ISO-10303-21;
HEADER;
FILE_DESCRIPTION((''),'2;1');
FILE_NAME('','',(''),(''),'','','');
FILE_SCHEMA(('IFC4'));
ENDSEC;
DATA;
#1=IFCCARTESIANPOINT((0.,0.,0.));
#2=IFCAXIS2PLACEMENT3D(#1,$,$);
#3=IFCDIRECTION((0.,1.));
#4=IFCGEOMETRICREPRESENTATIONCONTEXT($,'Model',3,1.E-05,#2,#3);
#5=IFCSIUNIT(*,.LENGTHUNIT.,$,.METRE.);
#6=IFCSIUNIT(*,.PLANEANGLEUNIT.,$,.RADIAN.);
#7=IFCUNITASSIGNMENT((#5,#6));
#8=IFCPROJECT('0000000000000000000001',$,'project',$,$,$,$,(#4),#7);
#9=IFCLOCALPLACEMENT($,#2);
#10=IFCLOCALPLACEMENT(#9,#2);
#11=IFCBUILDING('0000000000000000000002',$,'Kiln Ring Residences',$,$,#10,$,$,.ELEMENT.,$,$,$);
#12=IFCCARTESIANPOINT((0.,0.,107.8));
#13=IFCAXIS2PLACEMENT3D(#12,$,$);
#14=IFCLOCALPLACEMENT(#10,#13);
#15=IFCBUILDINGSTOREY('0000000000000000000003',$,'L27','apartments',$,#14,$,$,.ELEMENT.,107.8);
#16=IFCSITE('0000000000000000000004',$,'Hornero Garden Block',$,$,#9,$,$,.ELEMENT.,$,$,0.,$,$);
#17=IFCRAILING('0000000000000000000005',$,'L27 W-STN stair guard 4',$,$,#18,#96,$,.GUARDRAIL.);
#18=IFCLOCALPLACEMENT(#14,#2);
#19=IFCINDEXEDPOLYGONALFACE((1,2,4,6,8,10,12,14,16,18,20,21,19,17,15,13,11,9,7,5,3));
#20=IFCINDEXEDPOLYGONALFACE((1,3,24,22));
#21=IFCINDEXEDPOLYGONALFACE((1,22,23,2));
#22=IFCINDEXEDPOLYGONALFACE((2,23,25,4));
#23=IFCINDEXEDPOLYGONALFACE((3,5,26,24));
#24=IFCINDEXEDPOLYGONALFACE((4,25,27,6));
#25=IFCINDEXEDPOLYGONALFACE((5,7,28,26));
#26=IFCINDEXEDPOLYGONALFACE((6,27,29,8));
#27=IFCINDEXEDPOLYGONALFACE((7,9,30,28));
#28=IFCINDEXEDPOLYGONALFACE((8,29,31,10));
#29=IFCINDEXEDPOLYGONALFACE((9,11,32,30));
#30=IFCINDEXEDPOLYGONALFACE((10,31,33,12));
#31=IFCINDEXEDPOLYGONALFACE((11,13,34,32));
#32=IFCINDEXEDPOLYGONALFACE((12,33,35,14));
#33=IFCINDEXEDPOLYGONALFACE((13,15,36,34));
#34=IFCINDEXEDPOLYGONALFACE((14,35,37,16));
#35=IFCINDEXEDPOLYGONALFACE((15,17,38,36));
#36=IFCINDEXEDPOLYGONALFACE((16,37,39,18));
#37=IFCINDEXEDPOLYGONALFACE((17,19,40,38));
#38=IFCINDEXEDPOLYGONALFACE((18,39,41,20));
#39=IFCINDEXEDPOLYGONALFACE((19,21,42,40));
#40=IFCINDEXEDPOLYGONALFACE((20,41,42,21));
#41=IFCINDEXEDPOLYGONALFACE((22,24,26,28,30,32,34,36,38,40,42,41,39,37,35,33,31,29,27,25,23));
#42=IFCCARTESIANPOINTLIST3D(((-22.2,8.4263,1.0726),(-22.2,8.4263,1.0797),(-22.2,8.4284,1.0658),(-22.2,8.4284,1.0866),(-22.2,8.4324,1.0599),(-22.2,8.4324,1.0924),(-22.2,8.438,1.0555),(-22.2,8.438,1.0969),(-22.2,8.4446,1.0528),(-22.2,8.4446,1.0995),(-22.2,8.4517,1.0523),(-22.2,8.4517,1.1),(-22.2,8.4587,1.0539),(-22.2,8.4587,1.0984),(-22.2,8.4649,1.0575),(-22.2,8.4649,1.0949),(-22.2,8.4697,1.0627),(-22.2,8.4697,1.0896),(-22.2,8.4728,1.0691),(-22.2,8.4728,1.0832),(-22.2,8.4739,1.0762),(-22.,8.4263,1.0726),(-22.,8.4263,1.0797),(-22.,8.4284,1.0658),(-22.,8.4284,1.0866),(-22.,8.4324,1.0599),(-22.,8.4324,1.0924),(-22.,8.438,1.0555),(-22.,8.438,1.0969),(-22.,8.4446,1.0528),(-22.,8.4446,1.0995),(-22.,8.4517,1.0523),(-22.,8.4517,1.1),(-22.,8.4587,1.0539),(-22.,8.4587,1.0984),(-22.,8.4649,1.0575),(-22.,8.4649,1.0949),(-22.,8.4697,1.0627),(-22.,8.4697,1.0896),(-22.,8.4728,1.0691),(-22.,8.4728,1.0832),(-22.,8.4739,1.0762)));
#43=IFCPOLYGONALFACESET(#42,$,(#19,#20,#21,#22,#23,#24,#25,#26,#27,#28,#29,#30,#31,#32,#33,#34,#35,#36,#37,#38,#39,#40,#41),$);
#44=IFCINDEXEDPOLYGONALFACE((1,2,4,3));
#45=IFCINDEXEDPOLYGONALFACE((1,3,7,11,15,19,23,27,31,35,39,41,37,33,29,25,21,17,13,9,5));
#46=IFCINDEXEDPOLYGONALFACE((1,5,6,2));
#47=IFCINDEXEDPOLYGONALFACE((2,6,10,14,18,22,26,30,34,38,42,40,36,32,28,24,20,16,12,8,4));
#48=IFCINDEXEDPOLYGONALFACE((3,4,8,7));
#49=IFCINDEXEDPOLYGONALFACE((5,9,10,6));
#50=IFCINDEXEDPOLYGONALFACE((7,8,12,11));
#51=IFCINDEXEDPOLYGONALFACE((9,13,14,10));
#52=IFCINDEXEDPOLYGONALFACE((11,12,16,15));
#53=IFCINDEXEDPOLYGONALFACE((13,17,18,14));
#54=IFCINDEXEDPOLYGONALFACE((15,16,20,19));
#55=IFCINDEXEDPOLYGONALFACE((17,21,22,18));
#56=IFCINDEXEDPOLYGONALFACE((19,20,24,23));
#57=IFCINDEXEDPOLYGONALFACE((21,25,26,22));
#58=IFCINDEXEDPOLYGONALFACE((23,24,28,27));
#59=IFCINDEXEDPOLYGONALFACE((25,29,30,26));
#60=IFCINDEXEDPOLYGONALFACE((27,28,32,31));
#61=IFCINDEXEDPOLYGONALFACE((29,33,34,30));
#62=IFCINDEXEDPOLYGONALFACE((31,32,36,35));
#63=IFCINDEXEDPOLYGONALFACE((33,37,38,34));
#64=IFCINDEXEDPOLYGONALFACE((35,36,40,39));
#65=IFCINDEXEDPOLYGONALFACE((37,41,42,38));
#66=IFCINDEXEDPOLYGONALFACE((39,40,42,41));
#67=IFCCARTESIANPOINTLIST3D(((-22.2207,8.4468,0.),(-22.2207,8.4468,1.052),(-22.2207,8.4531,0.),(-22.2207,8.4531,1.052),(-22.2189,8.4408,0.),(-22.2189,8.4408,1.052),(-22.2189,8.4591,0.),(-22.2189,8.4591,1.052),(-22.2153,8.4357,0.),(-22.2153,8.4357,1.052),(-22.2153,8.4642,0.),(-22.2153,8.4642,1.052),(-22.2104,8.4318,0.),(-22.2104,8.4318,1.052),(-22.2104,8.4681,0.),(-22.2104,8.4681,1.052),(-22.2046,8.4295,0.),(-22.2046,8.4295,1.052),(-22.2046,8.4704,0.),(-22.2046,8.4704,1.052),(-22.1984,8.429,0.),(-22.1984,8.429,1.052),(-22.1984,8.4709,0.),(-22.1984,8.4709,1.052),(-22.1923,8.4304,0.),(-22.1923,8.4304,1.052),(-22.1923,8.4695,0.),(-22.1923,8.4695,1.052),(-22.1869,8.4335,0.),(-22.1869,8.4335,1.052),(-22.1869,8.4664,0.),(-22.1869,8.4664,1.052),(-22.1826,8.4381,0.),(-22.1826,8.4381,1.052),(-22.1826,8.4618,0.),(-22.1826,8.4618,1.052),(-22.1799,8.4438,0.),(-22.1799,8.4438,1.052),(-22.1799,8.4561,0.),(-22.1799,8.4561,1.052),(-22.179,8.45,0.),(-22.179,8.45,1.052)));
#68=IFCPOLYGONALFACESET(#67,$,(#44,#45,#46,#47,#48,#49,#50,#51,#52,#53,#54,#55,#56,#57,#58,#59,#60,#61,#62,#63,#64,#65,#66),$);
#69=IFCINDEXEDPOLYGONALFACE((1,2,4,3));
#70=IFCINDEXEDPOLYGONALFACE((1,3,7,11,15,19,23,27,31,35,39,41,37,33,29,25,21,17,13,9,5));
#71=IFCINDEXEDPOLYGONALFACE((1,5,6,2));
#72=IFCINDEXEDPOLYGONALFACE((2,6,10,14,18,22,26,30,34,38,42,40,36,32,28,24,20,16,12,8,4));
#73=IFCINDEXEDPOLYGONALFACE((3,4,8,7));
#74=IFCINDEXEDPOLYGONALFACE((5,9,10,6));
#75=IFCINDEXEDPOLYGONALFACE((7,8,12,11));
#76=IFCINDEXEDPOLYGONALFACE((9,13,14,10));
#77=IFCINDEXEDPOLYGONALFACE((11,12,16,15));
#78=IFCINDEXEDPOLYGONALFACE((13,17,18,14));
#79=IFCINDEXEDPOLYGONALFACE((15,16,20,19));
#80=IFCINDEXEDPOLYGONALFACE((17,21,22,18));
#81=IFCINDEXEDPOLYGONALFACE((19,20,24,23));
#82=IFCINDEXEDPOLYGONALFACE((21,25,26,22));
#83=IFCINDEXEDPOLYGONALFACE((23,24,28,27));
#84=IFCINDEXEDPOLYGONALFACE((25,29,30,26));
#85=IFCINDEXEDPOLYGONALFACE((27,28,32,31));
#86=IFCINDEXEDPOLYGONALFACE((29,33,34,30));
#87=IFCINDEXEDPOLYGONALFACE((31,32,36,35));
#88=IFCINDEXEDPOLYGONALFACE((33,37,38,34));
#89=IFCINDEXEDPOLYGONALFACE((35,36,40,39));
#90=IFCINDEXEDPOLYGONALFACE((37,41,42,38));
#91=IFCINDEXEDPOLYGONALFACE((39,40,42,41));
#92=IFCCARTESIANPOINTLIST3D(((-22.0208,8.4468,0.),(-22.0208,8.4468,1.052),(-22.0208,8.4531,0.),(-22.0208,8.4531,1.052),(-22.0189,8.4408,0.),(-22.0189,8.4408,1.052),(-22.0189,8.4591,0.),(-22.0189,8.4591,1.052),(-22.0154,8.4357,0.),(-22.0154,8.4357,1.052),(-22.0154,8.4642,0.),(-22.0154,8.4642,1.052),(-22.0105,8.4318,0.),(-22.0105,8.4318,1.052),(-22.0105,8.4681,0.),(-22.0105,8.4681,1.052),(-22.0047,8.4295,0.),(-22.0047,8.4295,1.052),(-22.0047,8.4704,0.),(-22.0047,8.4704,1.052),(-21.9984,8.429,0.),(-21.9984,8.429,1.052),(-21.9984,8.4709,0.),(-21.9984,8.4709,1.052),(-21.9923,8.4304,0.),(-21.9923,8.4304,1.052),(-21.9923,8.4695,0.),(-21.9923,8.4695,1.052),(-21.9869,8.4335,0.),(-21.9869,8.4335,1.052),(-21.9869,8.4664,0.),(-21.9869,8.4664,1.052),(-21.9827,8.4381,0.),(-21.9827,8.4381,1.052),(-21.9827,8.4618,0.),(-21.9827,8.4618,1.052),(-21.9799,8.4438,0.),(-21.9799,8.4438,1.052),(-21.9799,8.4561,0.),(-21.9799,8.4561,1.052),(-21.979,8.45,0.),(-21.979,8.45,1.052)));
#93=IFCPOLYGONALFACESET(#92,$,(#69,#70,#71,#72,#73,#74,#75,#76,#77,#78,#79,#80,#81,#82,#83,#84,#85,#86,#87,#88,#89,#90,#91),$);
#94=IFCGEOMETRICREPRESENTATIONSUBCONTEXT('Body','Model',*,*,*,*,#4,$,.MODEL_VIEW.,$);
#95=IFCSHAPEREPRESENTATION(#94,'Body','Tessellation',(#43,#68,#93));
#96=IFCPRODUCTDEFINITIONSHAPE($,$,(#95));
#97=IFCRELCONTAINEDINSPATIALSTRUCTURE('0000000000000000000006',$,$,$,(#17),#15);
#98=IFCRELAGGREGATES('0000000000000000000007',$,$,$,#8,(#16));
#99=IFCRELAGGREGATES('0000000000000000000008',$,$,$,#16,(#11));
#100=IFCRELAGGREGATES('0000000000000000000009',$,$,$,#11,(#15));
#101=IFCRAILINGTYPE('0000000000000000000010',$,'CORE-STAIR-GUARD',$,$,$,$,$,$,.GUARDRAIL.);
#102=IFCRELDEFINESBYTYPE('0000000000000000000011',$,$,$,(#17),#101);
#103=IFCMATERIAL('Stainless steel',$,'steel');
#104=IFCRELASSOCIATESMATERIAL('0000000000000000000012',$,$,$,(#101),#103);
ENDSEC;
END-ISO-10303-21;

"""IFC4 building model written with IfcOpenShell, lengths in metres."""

from ifc_helpers import new_model, si_unit, direction, frame, origin, origin_2d, place, context, subcontext, project, spatial, circle, extrude, material, type_object, element, save


model = new_model("IFC4")

# Units and contexts
model_context = context("Model", 3, precision=1e-05, world=origin(), true_north=direction((0.0, 1.0)))
body_context = subcontext(model_context, "Body", "Model", "MODEL_VIEW")
ifc_project = project(units=[si_unit("LENGTHUNIT", "METRE"), si_unit("PLANEANGLEUNIT", "RADIAN")], contexts=[model_context])

# Site, building, storey
site_placement = place(None, origin())
site = spatial("IfcSite", under=ifc_project, at=site_placement, Name="Hornero Garden Block", CompositionType="ELEMENT", RefElevation=0.0)
building_placement = place(site_placement, origin())
building = spatial("IfcBuilding", under=site, at=building_placement, Name="Kiln Ring Residences", CompositionType="ELEMENT")
storey_placement = place(building_placement, frame((0.0, 0.0, 107.8)))
storey = spatial("IfcBuildingStorey", under=building, at=storey_placement, Name="L27", Description="apartments", CompositionType="ELEMENT", Elevation=107.8)

# Railing
ifc_material_1 = material(Name="Stainless steel", Category="steel")
railing_type_1 = type_object("IfcRailingType", Name="CORE-STAIR-GUARD", PredefinedType="GUARDRAIL", material=ifc_material_1)
railing_1_placement = place(storey_placement, frame((-22.2, 8.45, 0.0)))
element("IfcRailing", 1, at=railing_1_placement, inside=storey, type_object=railing_type_1, Name="L27 W-STN stair guard 4", PredefinedType="GUARDRAIL", context=body_context, shape_type="SweptSolid", body=[
    extrude(circle(Radius=0.0239, at=origin_2d()), frame((0.0, 0.0, 1.0762), z_axis=(1.0, 0.0, 0.0), x_axis=(0.0, 1.0, 0.0)), (0.0, 0.0, 1.0), 0.2),
    extrude(circle(Radius=0.021, at=origin_2d()), origin(), (0.0, 0.0, 1.0), 1.052),
    extrude(circle(Radius=0.021, at=origin_2d()), frame((0.2, 0.0, 0.0)), (0.0, 0.0, 1.0), 1.052),
])

save(model, "model.ifc")
